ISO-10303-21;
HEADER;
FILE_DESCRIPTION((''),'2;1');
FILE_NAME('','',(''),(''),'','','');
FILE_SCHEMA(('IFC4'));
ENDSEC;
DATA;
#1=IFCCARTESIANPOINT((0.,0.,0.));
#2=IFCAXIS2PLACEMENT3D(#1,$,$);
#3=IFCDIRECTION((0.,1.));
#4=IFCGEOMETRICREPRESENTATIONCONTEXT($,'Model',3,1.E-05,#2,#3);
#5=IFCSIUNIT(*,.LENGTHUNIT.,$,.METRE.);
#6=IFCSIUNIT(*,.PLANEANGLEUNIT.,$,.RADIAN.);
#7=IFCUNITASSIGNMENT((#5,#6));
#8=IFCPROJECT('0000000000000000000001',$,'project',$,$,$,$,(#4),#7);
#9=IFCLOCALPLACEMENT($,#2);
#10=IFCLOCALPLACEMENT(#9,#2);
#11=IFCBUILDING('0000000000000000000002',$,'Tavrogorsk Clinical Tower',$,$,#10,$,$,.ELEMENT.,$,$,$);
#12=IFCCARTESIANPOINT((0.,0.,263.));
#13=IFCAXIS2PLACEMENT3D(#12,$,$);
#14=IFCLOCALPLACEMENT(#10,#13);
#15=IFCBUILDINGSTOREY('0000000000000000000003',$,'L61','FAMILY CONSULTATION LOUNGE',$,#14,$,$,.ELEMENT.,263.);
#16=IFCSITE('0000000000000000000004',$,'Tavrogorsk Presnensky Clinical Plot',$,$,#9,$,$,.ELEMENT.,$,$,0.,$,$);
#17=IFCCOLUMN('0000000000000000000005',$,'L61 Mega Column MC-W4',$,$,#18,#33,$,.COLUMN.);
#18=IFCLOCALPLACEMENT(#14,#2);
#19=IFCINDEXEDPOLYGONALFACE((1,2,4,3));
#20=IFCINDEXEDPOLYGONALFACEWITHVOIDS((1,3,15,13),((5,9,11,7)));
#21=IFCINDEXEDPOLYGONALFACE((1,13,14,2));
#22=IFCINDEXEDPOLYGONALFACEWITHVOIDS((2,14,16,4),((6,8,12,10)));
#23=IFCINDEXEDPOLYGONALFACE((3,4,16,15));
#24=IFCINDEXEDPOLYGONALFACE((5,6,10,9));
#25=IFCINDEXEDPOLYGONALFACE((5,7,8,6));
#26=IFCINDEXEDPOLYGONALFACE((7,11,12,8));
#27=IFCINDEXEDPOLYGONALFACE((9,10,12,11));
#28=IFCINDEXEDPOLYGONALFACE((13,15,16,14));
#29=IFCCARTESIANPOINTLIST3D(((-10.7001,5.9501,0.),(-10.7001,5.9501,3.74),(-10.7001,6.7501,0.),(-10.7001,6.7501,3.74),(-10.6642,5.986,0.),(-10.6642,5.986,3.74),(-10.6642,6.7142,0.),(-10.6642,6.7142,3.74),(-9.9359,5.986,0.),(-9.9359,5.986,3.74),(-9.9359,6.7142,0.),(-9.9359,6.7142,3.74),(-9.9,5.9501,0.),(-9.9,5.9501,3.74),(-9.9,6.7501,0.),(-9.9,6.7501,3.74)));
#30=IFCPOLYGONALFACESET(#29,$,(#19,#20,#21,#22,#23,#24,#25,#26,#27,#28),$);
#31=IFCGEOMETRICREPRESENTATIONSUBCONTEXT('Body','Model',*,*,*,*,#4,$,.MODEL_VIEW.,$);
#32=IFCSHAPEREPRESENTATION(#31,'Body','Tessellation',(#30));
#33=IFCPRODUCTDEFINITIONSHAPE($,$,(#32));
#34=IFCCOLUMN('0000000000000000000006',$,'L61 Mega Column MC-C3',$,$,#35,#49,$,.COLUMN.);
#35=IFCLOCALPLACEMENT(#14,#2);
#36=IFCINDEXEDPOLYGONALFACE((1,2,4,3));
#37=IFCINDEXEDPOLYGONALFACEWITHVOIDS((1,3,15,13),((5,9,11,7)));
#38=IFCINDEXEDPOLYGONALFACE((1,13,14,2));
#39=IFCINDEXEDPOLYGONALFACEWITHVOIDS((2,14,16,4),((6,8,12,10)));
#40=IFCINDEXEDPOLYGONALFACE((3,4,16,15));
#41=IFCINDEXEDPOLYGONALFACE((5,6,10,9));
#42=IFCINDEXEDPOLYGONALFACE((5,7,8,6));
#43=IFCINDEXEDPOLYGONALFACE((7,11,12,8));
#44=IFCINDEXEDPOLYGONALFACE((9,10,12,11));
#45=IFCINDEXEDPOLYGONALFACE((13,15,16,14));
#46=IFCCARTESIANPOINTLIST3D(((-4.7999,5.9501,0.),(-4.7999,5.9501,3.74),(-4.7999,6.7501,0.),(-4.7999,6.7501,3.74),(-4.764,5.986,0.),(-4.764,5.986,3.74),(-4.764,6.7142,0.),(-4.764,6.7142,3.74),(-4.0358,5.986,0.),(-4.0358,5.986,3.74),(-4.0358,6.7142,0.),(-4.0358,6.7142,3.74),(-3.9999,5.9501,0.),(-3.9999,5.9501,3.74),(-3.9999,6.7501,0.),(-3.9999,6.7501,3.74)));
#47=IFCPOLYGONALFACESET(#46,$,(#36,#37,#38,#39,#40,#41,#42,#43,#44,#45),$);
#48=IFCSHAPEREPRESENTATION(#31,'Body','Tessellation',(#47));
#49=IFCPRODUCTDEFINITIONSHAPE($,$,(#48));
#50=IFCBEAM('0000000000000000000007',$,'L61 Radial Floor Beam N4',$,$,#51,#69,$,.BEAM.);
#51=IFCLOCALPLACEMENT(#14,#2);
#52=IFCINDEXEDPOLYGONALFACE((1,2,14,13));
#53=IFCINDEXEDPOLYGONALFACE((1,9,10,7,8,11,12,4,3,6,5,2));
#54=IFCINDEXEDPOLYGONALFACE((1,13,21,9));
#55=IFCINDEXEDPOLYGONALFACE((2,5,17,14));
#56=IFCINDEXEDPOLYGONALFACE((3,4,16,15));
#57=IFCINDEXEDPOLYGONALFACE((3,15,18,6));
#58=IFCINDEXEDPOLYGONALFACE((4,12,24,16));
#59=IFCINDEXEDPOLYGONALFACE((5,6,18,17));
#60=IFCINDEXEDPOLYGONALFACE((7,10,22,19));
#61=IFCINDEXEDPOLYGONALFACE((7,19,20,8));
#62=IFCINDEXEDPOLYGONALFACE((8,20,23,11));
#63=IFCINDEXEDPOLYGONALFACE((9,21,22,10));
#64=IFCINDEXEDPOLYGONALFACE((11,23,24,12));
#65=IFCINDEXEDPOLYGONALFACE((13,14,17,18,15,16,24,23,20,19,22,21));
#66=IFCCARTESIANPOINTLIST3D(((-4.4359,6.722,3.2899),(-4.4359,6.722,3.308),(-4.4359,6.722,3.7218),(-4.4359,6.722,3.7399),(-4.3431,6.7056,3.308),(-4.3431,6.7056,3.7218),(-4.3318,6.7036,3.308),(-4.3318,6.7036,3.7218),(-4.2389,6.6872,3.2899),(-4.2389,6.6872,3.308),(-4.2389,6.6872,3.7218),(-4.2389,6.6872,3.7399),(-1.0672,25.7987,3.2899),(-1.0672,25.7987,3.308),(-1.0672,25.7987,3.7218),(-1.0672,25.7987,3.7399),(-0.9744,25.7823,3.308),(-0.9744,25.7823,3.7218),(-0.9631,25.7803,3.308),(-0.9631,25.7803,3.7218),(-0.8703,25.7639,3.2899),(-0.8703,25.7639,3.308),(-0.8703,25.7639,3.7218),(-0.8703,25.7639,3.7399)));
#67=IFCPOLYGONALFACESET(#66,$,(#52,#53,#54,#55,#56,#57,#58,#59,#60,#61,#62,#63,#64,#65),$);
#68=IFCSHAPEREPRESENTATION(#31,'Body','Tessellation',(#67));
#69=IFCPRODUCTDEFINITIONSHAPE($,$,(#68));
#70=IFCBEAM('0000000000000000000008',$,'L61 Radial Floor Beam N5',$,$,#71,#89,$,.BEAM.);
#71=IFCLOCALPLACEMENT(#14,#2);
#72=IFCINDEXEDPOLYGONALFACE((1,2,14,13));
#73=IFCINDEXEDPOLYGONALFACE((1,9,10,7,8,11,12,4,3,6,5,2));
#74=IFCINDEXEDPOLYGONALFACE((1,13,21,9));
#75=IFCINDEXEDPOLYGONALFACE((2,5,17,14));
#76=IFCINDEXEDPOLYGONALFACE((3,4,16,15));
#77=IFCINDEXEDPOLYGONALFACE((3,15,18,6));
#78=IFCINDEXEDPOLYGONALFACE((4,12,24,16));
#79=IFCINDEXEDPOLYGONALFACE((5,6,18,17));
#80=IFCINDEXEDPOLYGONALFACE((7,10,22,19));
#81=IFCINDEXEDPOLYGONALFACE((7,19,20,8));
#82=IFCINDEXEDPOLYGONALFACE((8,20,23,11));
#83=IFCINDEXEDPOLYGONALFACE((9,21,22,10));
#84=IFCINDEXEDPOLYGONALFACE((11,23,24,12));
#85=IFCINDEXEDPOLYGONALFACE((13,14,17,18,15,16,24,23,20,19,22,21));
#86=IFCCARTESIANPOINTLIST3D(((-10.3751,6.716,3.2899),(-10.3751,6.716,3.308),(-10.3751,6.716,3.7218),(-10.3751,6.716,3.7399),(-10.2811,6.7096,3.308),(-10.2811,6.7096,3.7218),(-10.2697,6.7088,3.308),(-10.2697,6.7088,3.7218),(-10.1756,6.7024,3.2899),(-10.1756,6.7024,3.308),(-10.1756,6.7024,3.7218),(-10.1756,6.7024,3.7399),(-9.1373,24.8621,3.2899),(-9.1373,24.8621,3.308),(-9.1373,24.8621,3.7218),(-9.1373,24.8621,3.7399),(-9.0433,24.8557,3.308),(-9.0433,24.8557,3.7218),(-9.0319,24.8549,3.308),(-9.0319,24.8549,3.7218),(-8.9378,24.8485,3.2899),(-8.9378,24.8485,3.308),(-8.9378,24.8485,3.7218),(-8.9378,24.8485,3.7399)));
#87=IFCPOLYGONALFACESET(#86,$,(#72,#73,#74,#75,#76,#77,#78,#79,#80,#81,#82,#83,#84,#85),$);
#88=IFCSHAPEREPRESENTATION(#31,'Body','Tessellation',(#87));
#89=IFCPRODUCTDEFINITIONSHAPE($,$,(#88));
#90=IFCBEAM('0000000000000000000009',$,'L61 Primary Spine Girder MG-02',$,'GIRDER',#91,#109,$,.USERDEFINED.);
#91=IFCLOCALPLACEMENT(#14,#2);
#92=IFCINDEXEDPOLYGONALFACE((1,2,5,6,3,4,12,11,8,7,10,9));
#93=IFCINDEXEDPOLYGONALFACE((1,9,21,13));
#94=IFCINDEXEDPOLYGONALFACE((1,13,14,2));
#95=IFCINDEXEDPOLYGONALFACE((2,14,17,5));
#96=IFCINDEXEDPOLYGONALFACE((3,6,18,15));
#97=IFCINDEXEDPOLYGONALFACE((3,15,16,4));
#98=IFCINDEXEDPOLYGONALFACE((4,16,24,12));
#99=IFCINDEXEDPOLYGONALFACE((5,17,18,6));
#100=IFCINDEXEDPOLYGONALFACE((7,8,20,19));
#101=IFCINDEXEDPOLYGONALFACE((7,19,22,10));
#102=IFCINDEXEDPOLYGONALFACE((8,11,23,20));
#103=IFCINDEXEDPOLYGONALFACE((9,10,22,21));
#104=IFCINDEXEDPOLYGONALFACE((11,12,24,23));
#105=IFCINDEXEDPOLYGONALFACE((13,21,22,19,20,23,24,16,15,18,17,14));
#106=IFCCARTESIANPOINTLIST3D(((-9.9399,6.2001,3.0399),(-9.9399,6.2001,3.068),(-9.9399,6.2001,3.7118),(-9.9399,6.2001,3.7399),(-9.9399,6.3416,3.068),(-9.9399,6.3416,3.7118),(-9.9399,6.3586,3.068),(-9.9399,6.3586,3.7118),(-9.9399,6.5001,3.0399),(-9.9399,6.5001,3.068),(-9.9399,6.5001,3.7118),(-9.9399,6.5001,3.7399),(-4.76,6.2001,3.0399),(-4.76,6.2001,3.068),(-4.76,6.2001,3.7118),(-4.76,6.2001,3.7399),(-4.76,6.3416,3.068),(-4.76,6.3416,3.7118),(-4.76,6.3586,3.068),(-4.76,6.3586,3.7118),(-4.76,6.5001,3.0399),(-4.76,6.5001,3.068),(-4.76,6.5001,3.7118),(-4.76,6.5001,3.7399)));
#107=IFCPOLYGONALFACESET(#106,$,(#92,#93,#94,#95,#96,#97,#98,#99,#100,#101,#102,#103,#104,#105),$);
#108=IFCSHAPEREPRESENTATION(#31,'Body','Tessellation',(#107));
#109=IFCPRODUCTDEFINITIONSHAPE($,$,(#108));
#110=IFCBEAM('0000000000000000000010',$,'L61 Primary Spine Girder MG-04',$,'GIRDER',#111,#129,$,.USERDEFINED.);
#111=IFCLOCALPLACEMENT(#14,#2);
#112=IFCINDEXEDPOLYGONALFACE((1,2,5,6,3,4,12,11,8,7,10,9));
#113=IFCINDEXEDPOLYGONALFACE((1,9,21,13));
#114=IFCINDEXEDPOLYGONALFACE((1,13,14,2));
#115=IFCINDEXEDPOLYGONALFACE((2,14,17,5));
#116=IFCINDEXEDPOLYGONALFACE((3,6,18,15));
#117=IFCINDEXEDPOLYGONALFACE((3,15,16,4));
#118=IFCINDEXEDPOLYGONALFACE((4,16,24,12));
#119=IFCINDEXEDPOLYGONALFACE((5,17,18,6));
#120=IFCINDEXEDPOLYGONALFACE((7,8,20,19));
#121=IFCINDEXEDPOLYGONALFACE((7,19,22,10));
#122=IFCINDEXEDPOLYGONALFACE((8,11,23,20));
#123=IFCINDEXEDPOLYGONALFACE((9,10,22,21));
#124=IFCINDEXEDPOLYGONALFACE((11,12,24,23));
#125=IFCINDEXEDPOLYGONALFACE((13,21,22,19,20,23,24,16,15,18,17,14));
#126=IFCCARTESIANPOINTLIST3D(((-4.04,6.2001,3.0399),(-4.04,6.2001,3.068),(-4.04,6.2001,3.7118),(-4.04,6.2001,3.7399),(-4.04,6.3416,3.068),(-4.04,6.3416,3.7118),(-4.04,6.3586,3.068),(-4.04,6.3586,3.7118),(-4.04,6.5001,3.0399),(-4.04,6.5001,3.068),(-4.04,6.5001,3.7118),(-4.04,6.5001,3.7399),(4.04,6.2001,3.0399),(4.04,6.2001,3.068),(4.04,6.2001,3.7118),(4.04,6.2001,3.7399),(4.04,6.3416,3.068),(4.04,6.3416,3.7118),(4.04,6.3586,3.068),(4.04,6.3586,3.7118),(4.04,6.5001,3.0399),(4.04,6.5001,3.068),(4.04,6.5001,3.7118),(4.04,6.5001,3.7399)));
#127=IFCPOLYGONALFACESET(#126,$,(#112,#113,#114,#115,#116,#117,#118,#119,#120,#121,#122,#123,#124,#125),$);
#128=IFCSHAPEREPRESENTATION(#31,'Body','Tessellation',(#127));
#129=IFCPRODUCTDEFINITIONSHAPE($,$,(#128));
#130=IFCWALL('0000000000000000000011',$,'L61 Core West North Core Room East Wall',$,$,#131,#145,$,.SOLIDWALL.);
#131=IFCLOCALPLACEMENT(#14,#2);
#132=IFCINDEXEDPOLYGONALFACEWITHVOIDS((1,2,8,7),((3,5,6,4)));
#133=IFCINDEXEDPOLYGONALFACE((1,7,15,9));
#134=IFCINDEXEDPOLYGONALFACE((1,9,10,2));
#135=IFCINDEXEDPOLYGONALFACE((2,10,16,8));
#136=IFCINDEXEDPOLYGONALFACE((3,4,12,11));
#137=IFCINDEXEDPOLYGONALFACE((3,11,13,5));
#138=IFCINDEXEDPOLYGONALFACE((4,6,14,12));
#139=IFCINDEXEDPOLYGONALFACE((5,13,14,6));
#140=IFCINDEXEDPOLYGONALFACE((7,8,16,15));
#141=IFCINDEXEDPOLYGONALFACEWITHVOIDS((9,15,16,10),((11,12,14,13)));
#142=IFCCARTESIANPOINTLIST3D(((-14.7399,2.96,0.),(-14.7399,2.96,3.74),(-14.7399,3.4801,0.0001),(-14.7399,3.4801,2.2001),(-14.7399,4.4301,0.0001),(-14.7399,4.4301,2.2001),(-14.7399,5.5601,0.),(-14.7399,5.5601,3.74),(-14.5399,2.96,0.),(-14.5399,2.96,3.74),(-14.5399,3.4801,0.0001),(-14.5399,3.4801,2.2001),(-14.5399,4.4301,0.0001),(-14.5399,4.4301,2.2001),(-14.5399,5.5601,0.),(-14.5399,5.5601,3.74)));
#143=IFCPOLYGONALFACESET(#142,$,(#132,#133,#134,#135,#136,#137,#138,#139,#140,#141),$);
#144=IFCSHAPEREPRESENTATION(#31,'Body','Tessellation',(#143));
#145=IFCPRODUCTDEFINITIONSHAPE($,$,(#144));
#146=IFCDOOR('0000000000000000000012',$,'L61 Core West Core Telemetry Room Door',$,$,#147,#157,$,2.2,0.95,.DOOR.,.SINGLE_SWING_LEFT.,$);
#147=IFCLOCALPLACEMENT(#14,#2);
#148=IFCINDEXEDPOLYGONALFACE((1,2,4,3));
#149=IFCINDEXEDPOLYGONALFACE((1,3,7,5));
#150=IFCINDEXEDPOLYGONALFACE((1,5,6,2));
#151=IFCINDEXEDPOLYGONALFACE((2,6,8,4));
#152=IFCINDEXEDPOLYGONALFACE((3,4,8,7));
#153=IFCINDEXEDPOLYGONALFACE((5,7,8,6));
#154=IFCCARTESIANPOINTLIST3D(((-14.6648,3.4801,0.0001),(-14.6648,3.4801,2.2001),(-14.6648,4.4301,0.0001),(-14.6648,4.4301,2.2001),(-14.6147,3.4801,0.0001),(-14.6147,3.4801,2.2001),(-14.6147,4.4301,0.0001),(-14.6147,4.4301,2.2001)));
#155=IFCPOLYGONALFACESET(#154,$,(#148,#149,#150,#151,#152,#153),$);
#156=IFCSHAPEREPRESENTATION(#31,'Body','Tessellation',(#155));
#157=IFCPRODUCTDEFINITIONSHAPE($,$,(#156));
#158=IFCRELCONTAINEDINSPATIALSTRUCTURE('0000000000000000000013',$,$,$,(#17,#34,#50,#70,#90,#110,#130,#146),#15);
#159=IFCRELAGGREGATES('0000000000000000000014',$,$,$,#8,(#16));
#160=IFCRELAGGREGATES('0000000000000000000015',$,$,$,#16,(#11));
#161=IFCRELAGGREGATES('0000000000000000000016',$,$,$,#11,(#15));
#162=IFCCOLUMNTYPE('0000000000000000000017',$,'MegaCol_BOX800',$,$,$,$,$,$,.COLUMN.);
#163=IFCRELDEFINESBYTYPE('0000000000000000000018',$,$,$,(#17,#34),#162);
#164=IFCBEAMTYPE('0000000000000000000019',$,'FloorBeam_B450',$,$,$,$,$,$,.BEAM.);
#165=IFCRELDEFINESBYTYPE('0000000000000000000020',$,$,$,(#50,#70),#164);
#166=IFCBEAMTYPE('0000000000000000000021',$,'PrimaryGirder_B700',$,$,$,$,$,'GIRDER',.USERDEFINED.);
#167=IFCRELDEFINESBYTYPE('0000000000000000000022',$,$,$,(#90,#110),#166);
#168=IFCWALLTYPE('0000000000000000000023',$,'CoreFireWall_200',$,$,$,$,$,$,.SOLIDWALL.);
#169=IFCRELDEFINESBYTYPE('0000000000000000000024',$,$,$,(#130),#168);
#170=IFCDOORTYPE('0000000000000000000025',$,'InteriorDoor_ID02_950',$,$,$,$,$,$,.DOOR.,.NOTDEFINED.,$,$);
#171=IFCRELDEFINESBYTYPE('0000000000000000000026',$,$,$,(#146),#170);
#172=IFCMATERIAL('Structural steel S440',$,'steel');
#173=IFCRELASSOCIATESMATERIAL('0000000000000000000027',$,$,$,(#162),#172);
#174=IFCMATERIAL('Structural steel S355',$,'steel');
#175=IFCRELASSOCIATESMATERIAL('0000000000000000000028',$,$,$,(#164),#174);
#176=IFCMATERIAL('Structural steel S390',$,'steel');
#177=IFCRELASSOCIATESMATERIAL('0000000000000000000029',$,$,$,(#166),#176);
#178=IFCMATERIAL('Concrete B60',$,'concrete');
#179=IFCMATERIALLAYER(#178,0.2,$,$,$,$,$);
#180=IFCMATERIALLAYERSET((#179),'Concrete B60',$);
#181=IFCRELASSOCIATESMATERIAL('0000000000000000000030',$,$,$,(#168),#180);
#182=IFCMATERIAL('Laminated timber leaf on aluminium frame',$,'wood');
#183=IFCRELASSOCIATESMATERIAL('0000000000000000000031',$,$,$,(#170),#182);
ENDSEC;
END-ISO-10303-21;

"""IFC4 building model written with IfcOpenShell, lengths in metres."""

from ifc_helpers import new_model, si_unit, direction, frame, frame_2d, origin, origin_2d, place, context, subcontext, project, spatial, rectangle, hollow_rectangle, i_section, extrude, material, layer, layer_set, material_profile, profile_set, type_object, element, fill, save


model = new_model("IFC4")

# Units and contexts
model_context = context("Model", 3, precision=1e-05, world=origin(), true_north=direction((0.0, 1.0)))
body_context = subcontext(model_context, "Body", "Model", "MODEL_VIEW")
ifc_project = project(units=[si_unit("LENGTHUNIT", "METRE"), si_unit("PLANEANGLEUNIT", "RADIAN")], contexts=[model_context])

# Site, building, storey
site_placement = place(None, origin())
site = spatial("IfcSite", under=ifc_project, at=site_placement, Name="Tavrogorsk Presnensky Clinical Plot", CompositionType="ELEMENT", RefElevation=0.0)
building_placement = place(site_placement, origin())
building = spatial("IfcBuilding", under=site, at=building_placement, Name="Tavrogorsk Clinical Tower", CompositionType="ELEMENT")
storey_placement = place(building_placement, frame((0.0, 0.0, 263.0)))
storey = spatial("IfcBuildingStorey", under=building, at=storey_placement, Name="L61", Description="FAMILY CONSULTATION LOUNGE", CompositionType="ELEMENT", Elevation=263.0)

# Columns
ifc_material_1 = material(Name="Structural steel S440", Category="steel")
ifc_material_profile_1 = material_profile(ifc_material_1, hollow_rectangle(XDim=0.8, YDim=0.8, WallThickness=0.0359, at=origin_2d()), Name="BOX-800x800x36")
ifc_profile_set_1 = profile_set([ifc_material_profile_1], Name="Structural steel S440")
column_type = type_object("IfcColumnType", Name="MegaCol_BOX800", PredefinedType="COLUMN", material=ifc_profile_set_1)
for number, where, z_axis, x_axis, name in (
    (1, (-10.3, 6.3501, 0.0), (0.0, 0.0, 1.0), (1.0, 0.0, 0.0), "L61 Mega Column MC-W4"),
    (2, (-4.3999, 6.3501, 0.0), (0.0, 0.0, 1.0), (1.0, 0.0, 0.0), "L61 Mega Column MC-C3"),
):
    element("IfcColumn", number, at=place(storey_placement, frame(where, z_axis=z_axis, x_axis=x_axis)), inside=storey, type_object=column_type, Name=name, PredefinedType="COLUMN", context=body_context, shape_type="SweptSolid", body=[
        extrude(hollow_rectangle(XDim=0.8, YDim=0.8, WallThickness=0.0359, at=origin_2d()), origin(), (0.0, 0.0, 1.0), 3.74),
    ])

# Beams
ifc_material_2 = material(Name="Structural steel S355", Category="steel")
ifc_material_profile_2 = material_profile(ifc_material_2, i_section(OverallWidth=0.2, OverallDepth=0.45, WebThickness=0.0115, FlangeThickness=0.0181, at=origin_2d()), Name="B-450x200x11.5x18")
ifc_profile_set_2 = profile_set([ifc_material_profile_2], Name="Structural steel S355")
beam_type_1 = type_object("IfcBeamType", Name="FloorBeam_B450", PredefinedType="BEAM", material=ifc_profile_set_2)
beam_1_placement = place(storey_placement, frame((-4.3374, 6.7046, 3.5149), z_axis=(0.173895, 0.984764, 0.0), x_axis=(-0.984764, 0.173895, 0.0)))
element("IfcBeam", 3, at=beam_1_placement, inside=storey, type_object=beam_type_1, Name="L61 Radial Floor Beam N4", PredefinedType="BEAM", context=body_context, shape_type="SweptSolid", body=[
    extrude(i_section(OverallWidth=0.2, OverallDepth=0.45, WebThickness=0.0115, FlangeThickness=0.0181, at=origin_2d()), origin(), (0.0, 0.0, 1.0), 19.3718),
])
beam_2_placement = place(storey_placement, frame((-10.2754, 6.7092, 3.5149), z_axis=(0.068055, 0.997682, 0.0), x_axis=(-0.997682, 0.068055, 0.0)))
element("IfcBeam", 4, at=beam_2_placement, inside=storey, type_object=beam_type_1, Name="L61 Radial Floor Beam N5", PredefinedType="BEAM", context=body_context, shape_type="SweptSolid", body=[
    extrude(i_section(OverallWidth=0.2, OverallDepth=0.45, WebThickness=0.0115, FlangeThickness=0.0181, at=origin_2d()), origin(), (0.0, 0.0, 1.0), 18.1882),
])
ifc_material_3 = material(Name="Structural steel S390", Category="steel")
ifc_material_profile_3 = material_profile(ifc_material_3, i_section(OverallWidth=0.3, OverallDepth=0.7, WebThickness=0.0171, FlangeThickness=0.0281, at=origin_2d()), Name="B-700x300x17x28")
ifc_profile_set_3 = profile_set([ifc_material_profile_3], Name="Structural steel S390")
beam_type_2 = type_object("IfcBeamType", Name="PrimaryGirder_B700", ElementType="GIRDER", PredefinedType="USERDEFINED", material=ifc_profile_set_3)
beam_3_placement = place(storey_placement, frame((-9.9399, 6.3501, 3.3899), z_axis=(1.0, 0.0, 0.0), x_axis=(0.0, 1.0, 0.0)))
element("IfcBeam", 5, at=beam_3_placement, inside=storey, type_object=beam_type_2, Name="L61 Primary Spine Girder MG-02", ObjectType="GIRDER", PredefinedType="USERDEFINED", context=body_context, shape_type="SweptSolid", body=[
    extrude(i_section(OverallWidth=0.3, OverallDepth=0.7, WebThickness=0.0171, FlangeThickness=0.0281, at=origin_2d()), origin(), (0.0, 0.0, 1.0), 5.1799),
])
beam_4_placement = place(storey_placement, frame((-4.04, 6.3501, 3.3899), z_axis=(1.0, 0.0, 0.0), x_axis=(0.0, 1.0, 0.0)))
element("IfcBeam", 6, at=beam_4_placement, inside=storey, type_object=beam_type_2, Name="L61 Primary Spine Girder MG-04", ObjectType="GIRDER", PredefinedType="USERDEFINED", context=body_context, shape_type="SweptSolid", body=[
    extrude(i_section(OverallWidth=0.3, OverallDepth=0.7, WebThickness=0.0171, FlangeThickness=0.0281, at=origin_2d()), origin(), (0.0, 0.0, 1.0), 8.0801),
])

# Wall, opening, door
ifc_material_4 = material(Name="Concrete B60", Category="concrete")
ifc_layer_1 = layer(ifc_material_4, 0.2)
ifc_layer_set_1 = layer_set([ifc_layer_1], Name="Concrete B60")
wall_type_1 = type_object("IfcWallType", Name="CoreFireWall_200", PredefinedType="SOLIDWALL", material=ifc_layer_set_1)
wall_1_placement = place(storey_placement, frame((-14.6399, 2.96, 0.0), z_axis=(0.0, 0.0, 1.0), x_axis=(0.0, 1.0, 0.0)))
wall_1 = element("IfcWall", 7, at=wall_1_placement, inside=storey, type_object=wall_type_1, Name="L61 Core West North Core Room East Wall", PredefinedType="SOLIDWALL", context=body_context, shape_type="SweptSolid", body=[
    extrude(rectangle(XDim=2.6001, YDim=0.2, at=frame_2d((1.3, 0.0))), origin(), (0.0, 0.0, 1.0), 3.74),
])
opening_1_placement = place(wall_1_placement, frame((0.52, 0.0, 0.0)))
opening_1 = element("IfcOpeningElement", 8, at=opening_1_placement, cuts=wall_1, PredefinedType="OPENING", context=body_context, shape_type="SweptSolid", body=[
    extrude(rectangle(XDim=0.95, YDim=2.2, at=frame_2d((0.4751, 1.1001))), frame((0.0, 0.1099, 0.0), z_axis=(0.0, -1.0, 0.0), x_axis=(1.0, 0.0, 0.0)), (0.0, 0.0, 1.0), 0.22),
])
ifc_material_5 = material(Name="Laminated timber leaf on aluminium frame", Category="wood")
door_type_1 = type_object("IfcDoorType", Name="InteriorDoor_ID02_950", OperationType="NOTDEFINED", PredefinedType="DOOR", material=ifc_material_5)
door_1_placement = place(opening_1_placement, origin())
door_1 = element("IfcDoor", 9, at=door_1_placement, inside=storey, type_object=door_type_1, Name="L61 Core West Core Telemetry Room Door", OperationType="SINGLE_SWING_LEFT", OverallHeight=2.2, OverallWidth=0.95, PredefinedType="DOOR", context=body_context, shape_type="SweptSolid", body=[
    extrude(rectangle(XDim=0.95, YDim=2.2, at=frame_2d((0.4751, 1.1001))), frame((0.0, 0.0249, 0.0), z_axis=(0.0, -1.0, 0.0), x_axis=(1.0, 0.0, 0.0)), (0.0, 0.0, 1.0), 0.05),
])
fill(opening_1, door_1)

save(model, "model.ifc")
